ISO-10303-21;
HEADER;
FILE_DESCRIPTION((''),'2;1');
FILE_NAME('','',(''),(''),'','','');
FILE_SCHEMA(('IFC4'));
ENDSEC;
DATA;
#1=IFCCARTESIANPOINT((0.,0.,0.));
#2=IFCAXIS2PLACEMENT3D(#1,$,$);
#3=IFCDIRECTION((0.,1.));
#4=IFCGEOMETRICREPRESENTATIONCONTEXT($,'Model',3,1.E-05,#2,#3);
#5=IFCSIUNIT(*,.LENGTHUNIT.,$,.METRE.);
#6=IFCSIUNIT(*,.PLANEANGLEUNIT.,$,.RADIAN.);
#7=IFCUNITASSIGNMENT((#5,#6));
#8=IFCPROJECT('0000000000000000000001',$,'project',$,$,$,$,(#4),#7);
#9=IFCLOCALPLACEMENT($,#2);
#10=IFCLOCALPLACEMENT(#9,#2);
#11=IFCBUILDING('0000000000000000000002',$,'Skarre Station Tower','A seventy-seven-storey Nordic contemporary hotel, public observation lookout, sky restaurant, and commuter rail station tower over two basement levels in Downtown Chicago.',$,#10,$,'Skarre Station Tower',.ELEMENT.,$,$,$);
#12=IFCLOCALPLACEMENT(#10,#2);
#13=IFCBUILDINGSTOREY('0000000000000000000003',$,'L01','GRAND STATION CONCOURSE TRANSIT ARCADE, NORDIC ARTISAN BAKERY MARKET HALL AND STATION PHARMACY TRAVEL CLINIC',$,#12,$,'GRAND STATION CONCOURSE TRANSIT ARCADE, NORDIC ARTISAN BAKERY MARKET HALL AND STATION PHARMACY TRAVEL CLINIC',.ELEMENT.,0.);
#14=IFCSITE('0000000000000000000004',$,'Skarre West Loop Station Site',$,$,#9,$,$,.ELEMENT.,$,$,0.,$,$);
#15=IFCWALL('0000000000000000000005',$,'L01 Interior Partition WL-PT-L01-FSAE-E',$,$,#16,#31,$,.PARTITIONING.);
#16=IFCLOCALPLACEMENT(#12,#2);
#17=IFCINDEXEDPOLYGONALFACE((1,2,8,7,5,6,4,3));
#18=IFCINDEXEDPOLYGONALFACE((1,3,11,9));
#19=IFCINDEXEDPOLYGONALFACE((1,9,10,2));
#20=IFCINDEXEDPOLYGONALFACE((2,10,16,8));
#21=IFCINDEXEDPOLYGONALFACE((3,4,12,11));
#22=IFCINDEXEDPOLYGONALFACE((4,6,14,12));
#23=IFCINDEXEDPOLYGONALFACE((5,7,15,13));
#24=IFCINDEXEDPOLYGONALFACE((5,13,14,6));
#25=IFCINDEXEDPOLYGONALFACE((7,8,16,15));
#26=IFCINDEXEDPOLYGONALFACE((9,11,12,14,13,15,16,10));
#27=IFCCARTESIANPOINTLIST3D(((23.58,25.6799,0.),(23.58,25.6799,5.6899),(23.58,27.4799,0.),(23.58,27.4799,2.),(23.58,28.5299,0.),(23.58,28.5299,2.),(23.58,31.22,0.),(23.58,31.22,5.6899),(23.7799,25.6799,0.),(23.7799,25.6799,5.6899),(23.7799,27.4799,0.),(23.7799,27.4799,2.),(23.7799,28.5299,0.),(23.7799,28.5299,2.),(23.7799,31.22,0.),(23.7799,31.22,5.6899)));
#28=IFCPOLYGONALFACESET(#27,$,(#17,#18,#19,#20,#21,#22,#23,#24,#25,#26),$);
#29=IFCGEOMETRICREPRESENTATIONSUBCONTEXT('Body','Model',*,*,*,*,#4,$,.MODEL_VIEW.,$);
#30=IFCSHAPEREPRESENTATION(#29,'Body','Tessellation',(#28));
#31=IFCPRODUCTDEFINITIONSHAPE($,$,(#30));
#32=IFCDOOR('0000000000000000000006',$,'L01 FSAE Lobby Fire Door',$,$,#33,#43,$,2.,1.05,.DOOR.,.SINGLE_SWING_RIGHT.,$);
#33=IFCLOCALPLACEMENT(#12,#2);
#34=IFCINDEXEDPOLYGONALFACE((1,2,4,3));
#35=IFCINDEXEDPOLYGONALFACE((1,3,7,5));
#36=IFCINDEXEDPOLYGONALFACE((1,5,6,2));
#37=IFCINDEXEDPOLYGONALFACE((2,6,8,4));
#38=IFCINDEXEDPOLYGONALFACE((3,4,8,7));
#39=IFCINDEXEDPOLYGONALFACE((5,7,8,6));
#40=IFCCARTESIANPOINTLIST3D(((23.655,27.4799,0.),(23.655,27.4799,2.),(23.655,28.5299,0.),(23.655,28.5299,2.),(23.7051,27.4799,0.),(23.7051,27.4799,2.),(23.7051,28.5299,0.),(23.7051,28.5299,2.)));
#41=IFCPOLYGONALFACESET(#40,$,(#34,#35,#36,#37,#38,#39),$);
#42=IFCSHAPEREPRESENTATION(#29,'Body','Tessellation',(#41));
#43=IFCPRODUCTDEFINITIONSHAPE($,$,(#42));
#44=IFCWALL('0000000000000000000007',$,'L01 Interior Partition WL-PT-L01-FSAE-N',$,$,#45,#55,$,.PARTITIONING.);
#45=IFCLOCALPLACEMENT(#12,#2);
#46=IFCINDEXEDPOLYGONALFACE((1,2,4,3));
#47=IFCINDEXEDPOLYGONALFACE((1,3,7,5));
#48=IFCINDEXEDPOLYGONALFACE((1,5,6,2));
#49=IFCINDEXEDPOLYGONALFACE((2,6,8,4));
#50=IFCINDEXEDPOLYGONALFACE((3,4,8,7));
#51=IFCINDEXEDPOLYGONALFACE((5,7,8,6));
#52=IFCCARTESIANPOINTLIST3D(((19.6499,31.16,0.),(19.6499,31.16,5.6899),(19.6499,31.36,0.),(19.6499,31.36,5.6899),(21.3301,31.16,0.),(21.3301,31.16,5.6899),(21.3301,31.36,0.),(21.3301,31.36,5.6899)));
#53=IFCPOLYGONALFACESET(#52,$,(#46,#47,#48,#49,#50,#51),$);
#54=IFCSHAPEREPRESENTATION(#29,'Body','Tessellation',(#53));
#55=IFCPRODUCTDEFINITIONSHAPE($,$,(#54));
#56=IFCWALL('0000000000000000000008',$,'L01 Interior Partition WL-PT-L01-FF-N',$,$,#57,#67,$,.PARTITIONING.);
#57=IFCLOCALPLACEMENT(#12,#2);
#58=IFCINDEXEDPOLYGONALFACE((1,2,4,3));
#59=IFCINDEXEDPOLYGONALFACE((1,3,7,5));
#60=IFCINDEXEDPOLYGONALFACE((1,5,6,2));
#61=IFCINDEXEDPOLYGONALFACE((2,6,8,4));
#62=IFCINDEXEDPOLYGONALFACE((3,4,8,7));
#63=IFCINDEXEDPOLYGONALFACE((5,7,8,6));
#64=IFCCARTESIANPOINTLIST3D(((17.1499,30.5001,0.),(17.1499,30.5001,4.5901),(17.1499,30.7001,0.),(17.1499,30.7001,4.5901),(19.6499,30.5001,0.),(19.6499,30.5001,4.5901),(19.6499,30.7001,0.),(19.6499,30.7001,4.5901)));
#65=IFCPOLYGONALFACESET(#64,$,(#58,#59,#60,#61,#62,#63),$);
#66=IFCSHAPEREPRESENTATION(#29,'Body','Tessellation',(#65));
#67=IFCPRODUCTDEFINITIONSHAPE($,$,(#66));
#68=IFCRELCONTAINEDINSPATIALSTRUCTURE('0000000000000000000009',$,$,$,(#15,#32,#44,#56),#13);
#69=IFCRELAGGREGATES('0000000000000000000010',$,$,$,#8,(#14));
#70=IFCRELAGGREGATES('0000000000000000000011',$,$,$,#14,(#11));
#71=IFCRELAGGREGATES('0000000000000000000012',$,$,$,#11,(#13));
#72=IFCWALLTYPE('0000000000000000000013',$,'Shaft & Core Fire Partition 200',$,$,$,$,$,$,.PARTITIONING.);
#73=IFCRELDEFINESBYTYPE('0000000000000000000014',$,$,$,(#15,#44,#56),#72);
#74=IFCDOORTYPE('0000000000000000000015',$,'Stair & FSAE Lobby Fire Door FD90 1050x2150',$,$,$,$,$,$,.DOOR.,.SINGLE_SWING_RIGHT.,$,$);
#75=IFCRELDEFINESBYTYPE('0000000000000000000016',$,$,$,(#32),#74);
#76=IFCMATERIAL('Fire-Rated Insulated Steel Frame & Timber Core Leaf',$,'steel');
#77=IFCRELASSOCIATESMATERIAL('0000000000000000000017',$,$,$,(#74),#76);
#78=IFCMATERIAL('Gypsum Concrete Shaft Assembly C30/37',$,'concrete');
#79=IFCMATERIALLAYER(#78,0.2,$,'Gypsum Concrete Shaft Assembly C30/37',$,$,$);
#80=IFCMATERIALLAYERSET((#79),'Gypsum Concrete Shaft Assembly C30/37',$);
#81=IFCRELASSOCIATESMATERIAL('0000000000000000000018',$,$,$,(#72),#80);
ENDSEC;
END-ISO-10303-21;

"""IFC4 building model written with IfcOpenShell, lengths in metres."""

from ifc_helpers import new_model, si_unit, direction, frame, frame_2d, origin, place, context, subcontext, project, spatial, rectangle, extrude, material, layer, layer_set, type_object, element, fill, save


model = new_model("IFC4")

# Units and contexts
model_context = context("Model", 3, precision=1e-05, world=origin(), true_north=direction((0.0, 1.0)))
body_context = subcontext(model_context, "Body", "Model", "MODEL_VIEW")
ifc_project = project(units=[si_unit("LENGTHUNIT", "METRE"), si_unit("PLANEANGLEUNIT", "RADIAN")], contexts=[model_context])

# Site, building, storey
site_placement = place(None, origin())
site = spatial("IfcSite", under=ifc_project, at=site_placement, Name="Skarre West Loop Station Site", CompositionType="ELEMENT", RefElevation=0.0)
building_placement = place(site_placement, origin())
building = spatial("IfcBuilding", under=site, at=building_placement, Name="Skarre Station Tower", Description="A seventy-seven-storey Nordic contemporary hotel, public observation lookout, sky restaurant, and commuter rail station tower over two basement levels in Downtown Chicago.", LongName="Skarre Station Tower", CompositionType="ELEMENT")
storey_placement = place(building_placement, origin())
storey = spatial("IfcBuildingStorey", under=building, at=storey_placement, Name="L01", Description="GRAND STATION CONCOURSE TRANSIT ARCADE, NORDIC ARTISAN BAKERY MARKET HALL AND STATION PHARMACY TRAVEL CLINIC", LongName="GRAND STATION CONCOURSE TRANSIT ARCADE, NORDIC ARTISAN BAKERY MARKET HALL AND STATION PHARMACY TRAVEL CLINIC", CompositionType="ELEMENT", Elevation=0.0)

# Shared definitions
ifc_material_1 = material(Name="Fire-Rated Insulated Steel Frame & Timber Core Leaf", Category="steel")
door_type_1 = type_object("IfcDoorType", Name="Stair & FSAE Lobby Fire Door FD90 1050x2150", OperationType="SINGLE_SWING_RIGHT", PredefinedType="DOOR", material=ifc_material_1)

# Shared definitions
ifc_material_2 = material(Name="Gypsum Concrete Shaft Assembly C30/37", Category="concrete")
ifc_layer_1 = layer(ifc_material_2, 0.2, Name="Gypsum Concrete Shaft Assembly C30/37")
ifc_layer_set_1 = layer_set([ifc_layer_1], Name="Gypsum Concrete Shaft Assembly C30/37")
wall_type_1 = type_object("IfcWallType", Name="Shaft & Core Fire Partition 200", PredefinedType="PARTITIONING", material=ifc_layer_set_1)

# Wall, opening, door
wall_1_placement = place(storey_placement, frame((23.6799, 25.6799, 0.0), z_axis=(0.0, 0.0, 1.0), x_axis=(0.0, 1.0, 0.0)))
wall_1 = element("IfcWall", 1, at=wall_1_placement, inside=storey, type_object=wall_type_1, Name="L01 Interior Partition WL-PT-L01-FSAE-E", PredefinedType="PARTITIONING", context=body_context, shape_type="SweptSolid", body=[
    extrude(rectangle(XDim=5.54, YDim=0.2, at=frame_2d((2.77, 0.0))), origin(), (0.0, 0.0, 1.0), 5.6899),
])
opening_1_placement = place(wall_1_placement, frame((1.8, 0.0, 0.0)))
opening_1 = element("IfcOpeningElement", 2, at=opening_1_placement, cuts=wall_1, PredefinedType="OPENING", context=body_context, shape_type="SweptSolid", body=[
    extrude(rectangle(XDim=1.05, YDim=2.0, at=frame_2d((0.5249, 1.0))), frame((0.0, 0.1099, 0.0), z_axis=(0.0, -1.0, 0.0), x_axis=(1.0, 0.0, 0.0)), (0.0, 0.0, 1.0), 0.22),
])
door_1_placement = place(opening_1_placement, origin())
door_1 = element("IfcDoor", 3, at=door_1_placement, inside=storey, type_object=door_type_1, Name="L01 FSAE Lobby Fire Door", OperationType="SINGLE_SWING_RIGHT", OverallHeight=2.0, OverallWidth=1.05, PredefinedType="DOOR", context=body_context, shape_type="SweptSolid", body=[
    extrude(rectangle(XDim=1.05, YDim=2.0, at=frame_2d((0.5249, 1.0))), frame((0.0, 0.0249, 0.0), z_axis=(0.0, -1.0, 0.0), x_axis=(1.0, 0.0, 0.0)), (0.0, 0.0, 1.0), 0.05),
])
fill(opening_1, door_1)

# Walls
wall_2_placement = place(storey_placement, frame((21.3301, 31.26, 0.0), z_axis=(0.0, 0.0, 1.0), x_axis=(-1.0, 0.0, 0.0)))
element("IfcWall", 4, at=wall_2_placement, inside=storey, type_object=wall_type_1, Name="L01 Interior Partition WL-PT-L01-FSAE-N", PredefinedType="PARTITIONING", context=body_context, shape_type="SweptSolid", body=[
    extrude(rectangle(XDim=1.6802, YDim=0.2, at=frame_2d((0.8401, 0.0))), origin(), (0.0, 0.0, 1.0), 5.6899),
])
wall_3_placement = place(storey_placement, frame((19.6499, 30.6001, 0.0), z_axis=(0.0, 0.0, 1.0), x_axis=(-1.0, 0.0, 0.0)))
element("IfcWall", 5, at=wall_3_placement, inside=storey, type_object=wall_type_1, Name="L01 Interior Partition WL-PT-L01-FF-N", PredefinedType="PARTITIONING", context=body_context, shape_type="SweptSolid", body=[
    extrude(rectangle(XDim=2.5, YDim=0.2, at=frame_2d((1.25, 0.0))), origin(), (0.0, 0.0, 1.0), 4.5901),
])

save(model, "model.ifc")
